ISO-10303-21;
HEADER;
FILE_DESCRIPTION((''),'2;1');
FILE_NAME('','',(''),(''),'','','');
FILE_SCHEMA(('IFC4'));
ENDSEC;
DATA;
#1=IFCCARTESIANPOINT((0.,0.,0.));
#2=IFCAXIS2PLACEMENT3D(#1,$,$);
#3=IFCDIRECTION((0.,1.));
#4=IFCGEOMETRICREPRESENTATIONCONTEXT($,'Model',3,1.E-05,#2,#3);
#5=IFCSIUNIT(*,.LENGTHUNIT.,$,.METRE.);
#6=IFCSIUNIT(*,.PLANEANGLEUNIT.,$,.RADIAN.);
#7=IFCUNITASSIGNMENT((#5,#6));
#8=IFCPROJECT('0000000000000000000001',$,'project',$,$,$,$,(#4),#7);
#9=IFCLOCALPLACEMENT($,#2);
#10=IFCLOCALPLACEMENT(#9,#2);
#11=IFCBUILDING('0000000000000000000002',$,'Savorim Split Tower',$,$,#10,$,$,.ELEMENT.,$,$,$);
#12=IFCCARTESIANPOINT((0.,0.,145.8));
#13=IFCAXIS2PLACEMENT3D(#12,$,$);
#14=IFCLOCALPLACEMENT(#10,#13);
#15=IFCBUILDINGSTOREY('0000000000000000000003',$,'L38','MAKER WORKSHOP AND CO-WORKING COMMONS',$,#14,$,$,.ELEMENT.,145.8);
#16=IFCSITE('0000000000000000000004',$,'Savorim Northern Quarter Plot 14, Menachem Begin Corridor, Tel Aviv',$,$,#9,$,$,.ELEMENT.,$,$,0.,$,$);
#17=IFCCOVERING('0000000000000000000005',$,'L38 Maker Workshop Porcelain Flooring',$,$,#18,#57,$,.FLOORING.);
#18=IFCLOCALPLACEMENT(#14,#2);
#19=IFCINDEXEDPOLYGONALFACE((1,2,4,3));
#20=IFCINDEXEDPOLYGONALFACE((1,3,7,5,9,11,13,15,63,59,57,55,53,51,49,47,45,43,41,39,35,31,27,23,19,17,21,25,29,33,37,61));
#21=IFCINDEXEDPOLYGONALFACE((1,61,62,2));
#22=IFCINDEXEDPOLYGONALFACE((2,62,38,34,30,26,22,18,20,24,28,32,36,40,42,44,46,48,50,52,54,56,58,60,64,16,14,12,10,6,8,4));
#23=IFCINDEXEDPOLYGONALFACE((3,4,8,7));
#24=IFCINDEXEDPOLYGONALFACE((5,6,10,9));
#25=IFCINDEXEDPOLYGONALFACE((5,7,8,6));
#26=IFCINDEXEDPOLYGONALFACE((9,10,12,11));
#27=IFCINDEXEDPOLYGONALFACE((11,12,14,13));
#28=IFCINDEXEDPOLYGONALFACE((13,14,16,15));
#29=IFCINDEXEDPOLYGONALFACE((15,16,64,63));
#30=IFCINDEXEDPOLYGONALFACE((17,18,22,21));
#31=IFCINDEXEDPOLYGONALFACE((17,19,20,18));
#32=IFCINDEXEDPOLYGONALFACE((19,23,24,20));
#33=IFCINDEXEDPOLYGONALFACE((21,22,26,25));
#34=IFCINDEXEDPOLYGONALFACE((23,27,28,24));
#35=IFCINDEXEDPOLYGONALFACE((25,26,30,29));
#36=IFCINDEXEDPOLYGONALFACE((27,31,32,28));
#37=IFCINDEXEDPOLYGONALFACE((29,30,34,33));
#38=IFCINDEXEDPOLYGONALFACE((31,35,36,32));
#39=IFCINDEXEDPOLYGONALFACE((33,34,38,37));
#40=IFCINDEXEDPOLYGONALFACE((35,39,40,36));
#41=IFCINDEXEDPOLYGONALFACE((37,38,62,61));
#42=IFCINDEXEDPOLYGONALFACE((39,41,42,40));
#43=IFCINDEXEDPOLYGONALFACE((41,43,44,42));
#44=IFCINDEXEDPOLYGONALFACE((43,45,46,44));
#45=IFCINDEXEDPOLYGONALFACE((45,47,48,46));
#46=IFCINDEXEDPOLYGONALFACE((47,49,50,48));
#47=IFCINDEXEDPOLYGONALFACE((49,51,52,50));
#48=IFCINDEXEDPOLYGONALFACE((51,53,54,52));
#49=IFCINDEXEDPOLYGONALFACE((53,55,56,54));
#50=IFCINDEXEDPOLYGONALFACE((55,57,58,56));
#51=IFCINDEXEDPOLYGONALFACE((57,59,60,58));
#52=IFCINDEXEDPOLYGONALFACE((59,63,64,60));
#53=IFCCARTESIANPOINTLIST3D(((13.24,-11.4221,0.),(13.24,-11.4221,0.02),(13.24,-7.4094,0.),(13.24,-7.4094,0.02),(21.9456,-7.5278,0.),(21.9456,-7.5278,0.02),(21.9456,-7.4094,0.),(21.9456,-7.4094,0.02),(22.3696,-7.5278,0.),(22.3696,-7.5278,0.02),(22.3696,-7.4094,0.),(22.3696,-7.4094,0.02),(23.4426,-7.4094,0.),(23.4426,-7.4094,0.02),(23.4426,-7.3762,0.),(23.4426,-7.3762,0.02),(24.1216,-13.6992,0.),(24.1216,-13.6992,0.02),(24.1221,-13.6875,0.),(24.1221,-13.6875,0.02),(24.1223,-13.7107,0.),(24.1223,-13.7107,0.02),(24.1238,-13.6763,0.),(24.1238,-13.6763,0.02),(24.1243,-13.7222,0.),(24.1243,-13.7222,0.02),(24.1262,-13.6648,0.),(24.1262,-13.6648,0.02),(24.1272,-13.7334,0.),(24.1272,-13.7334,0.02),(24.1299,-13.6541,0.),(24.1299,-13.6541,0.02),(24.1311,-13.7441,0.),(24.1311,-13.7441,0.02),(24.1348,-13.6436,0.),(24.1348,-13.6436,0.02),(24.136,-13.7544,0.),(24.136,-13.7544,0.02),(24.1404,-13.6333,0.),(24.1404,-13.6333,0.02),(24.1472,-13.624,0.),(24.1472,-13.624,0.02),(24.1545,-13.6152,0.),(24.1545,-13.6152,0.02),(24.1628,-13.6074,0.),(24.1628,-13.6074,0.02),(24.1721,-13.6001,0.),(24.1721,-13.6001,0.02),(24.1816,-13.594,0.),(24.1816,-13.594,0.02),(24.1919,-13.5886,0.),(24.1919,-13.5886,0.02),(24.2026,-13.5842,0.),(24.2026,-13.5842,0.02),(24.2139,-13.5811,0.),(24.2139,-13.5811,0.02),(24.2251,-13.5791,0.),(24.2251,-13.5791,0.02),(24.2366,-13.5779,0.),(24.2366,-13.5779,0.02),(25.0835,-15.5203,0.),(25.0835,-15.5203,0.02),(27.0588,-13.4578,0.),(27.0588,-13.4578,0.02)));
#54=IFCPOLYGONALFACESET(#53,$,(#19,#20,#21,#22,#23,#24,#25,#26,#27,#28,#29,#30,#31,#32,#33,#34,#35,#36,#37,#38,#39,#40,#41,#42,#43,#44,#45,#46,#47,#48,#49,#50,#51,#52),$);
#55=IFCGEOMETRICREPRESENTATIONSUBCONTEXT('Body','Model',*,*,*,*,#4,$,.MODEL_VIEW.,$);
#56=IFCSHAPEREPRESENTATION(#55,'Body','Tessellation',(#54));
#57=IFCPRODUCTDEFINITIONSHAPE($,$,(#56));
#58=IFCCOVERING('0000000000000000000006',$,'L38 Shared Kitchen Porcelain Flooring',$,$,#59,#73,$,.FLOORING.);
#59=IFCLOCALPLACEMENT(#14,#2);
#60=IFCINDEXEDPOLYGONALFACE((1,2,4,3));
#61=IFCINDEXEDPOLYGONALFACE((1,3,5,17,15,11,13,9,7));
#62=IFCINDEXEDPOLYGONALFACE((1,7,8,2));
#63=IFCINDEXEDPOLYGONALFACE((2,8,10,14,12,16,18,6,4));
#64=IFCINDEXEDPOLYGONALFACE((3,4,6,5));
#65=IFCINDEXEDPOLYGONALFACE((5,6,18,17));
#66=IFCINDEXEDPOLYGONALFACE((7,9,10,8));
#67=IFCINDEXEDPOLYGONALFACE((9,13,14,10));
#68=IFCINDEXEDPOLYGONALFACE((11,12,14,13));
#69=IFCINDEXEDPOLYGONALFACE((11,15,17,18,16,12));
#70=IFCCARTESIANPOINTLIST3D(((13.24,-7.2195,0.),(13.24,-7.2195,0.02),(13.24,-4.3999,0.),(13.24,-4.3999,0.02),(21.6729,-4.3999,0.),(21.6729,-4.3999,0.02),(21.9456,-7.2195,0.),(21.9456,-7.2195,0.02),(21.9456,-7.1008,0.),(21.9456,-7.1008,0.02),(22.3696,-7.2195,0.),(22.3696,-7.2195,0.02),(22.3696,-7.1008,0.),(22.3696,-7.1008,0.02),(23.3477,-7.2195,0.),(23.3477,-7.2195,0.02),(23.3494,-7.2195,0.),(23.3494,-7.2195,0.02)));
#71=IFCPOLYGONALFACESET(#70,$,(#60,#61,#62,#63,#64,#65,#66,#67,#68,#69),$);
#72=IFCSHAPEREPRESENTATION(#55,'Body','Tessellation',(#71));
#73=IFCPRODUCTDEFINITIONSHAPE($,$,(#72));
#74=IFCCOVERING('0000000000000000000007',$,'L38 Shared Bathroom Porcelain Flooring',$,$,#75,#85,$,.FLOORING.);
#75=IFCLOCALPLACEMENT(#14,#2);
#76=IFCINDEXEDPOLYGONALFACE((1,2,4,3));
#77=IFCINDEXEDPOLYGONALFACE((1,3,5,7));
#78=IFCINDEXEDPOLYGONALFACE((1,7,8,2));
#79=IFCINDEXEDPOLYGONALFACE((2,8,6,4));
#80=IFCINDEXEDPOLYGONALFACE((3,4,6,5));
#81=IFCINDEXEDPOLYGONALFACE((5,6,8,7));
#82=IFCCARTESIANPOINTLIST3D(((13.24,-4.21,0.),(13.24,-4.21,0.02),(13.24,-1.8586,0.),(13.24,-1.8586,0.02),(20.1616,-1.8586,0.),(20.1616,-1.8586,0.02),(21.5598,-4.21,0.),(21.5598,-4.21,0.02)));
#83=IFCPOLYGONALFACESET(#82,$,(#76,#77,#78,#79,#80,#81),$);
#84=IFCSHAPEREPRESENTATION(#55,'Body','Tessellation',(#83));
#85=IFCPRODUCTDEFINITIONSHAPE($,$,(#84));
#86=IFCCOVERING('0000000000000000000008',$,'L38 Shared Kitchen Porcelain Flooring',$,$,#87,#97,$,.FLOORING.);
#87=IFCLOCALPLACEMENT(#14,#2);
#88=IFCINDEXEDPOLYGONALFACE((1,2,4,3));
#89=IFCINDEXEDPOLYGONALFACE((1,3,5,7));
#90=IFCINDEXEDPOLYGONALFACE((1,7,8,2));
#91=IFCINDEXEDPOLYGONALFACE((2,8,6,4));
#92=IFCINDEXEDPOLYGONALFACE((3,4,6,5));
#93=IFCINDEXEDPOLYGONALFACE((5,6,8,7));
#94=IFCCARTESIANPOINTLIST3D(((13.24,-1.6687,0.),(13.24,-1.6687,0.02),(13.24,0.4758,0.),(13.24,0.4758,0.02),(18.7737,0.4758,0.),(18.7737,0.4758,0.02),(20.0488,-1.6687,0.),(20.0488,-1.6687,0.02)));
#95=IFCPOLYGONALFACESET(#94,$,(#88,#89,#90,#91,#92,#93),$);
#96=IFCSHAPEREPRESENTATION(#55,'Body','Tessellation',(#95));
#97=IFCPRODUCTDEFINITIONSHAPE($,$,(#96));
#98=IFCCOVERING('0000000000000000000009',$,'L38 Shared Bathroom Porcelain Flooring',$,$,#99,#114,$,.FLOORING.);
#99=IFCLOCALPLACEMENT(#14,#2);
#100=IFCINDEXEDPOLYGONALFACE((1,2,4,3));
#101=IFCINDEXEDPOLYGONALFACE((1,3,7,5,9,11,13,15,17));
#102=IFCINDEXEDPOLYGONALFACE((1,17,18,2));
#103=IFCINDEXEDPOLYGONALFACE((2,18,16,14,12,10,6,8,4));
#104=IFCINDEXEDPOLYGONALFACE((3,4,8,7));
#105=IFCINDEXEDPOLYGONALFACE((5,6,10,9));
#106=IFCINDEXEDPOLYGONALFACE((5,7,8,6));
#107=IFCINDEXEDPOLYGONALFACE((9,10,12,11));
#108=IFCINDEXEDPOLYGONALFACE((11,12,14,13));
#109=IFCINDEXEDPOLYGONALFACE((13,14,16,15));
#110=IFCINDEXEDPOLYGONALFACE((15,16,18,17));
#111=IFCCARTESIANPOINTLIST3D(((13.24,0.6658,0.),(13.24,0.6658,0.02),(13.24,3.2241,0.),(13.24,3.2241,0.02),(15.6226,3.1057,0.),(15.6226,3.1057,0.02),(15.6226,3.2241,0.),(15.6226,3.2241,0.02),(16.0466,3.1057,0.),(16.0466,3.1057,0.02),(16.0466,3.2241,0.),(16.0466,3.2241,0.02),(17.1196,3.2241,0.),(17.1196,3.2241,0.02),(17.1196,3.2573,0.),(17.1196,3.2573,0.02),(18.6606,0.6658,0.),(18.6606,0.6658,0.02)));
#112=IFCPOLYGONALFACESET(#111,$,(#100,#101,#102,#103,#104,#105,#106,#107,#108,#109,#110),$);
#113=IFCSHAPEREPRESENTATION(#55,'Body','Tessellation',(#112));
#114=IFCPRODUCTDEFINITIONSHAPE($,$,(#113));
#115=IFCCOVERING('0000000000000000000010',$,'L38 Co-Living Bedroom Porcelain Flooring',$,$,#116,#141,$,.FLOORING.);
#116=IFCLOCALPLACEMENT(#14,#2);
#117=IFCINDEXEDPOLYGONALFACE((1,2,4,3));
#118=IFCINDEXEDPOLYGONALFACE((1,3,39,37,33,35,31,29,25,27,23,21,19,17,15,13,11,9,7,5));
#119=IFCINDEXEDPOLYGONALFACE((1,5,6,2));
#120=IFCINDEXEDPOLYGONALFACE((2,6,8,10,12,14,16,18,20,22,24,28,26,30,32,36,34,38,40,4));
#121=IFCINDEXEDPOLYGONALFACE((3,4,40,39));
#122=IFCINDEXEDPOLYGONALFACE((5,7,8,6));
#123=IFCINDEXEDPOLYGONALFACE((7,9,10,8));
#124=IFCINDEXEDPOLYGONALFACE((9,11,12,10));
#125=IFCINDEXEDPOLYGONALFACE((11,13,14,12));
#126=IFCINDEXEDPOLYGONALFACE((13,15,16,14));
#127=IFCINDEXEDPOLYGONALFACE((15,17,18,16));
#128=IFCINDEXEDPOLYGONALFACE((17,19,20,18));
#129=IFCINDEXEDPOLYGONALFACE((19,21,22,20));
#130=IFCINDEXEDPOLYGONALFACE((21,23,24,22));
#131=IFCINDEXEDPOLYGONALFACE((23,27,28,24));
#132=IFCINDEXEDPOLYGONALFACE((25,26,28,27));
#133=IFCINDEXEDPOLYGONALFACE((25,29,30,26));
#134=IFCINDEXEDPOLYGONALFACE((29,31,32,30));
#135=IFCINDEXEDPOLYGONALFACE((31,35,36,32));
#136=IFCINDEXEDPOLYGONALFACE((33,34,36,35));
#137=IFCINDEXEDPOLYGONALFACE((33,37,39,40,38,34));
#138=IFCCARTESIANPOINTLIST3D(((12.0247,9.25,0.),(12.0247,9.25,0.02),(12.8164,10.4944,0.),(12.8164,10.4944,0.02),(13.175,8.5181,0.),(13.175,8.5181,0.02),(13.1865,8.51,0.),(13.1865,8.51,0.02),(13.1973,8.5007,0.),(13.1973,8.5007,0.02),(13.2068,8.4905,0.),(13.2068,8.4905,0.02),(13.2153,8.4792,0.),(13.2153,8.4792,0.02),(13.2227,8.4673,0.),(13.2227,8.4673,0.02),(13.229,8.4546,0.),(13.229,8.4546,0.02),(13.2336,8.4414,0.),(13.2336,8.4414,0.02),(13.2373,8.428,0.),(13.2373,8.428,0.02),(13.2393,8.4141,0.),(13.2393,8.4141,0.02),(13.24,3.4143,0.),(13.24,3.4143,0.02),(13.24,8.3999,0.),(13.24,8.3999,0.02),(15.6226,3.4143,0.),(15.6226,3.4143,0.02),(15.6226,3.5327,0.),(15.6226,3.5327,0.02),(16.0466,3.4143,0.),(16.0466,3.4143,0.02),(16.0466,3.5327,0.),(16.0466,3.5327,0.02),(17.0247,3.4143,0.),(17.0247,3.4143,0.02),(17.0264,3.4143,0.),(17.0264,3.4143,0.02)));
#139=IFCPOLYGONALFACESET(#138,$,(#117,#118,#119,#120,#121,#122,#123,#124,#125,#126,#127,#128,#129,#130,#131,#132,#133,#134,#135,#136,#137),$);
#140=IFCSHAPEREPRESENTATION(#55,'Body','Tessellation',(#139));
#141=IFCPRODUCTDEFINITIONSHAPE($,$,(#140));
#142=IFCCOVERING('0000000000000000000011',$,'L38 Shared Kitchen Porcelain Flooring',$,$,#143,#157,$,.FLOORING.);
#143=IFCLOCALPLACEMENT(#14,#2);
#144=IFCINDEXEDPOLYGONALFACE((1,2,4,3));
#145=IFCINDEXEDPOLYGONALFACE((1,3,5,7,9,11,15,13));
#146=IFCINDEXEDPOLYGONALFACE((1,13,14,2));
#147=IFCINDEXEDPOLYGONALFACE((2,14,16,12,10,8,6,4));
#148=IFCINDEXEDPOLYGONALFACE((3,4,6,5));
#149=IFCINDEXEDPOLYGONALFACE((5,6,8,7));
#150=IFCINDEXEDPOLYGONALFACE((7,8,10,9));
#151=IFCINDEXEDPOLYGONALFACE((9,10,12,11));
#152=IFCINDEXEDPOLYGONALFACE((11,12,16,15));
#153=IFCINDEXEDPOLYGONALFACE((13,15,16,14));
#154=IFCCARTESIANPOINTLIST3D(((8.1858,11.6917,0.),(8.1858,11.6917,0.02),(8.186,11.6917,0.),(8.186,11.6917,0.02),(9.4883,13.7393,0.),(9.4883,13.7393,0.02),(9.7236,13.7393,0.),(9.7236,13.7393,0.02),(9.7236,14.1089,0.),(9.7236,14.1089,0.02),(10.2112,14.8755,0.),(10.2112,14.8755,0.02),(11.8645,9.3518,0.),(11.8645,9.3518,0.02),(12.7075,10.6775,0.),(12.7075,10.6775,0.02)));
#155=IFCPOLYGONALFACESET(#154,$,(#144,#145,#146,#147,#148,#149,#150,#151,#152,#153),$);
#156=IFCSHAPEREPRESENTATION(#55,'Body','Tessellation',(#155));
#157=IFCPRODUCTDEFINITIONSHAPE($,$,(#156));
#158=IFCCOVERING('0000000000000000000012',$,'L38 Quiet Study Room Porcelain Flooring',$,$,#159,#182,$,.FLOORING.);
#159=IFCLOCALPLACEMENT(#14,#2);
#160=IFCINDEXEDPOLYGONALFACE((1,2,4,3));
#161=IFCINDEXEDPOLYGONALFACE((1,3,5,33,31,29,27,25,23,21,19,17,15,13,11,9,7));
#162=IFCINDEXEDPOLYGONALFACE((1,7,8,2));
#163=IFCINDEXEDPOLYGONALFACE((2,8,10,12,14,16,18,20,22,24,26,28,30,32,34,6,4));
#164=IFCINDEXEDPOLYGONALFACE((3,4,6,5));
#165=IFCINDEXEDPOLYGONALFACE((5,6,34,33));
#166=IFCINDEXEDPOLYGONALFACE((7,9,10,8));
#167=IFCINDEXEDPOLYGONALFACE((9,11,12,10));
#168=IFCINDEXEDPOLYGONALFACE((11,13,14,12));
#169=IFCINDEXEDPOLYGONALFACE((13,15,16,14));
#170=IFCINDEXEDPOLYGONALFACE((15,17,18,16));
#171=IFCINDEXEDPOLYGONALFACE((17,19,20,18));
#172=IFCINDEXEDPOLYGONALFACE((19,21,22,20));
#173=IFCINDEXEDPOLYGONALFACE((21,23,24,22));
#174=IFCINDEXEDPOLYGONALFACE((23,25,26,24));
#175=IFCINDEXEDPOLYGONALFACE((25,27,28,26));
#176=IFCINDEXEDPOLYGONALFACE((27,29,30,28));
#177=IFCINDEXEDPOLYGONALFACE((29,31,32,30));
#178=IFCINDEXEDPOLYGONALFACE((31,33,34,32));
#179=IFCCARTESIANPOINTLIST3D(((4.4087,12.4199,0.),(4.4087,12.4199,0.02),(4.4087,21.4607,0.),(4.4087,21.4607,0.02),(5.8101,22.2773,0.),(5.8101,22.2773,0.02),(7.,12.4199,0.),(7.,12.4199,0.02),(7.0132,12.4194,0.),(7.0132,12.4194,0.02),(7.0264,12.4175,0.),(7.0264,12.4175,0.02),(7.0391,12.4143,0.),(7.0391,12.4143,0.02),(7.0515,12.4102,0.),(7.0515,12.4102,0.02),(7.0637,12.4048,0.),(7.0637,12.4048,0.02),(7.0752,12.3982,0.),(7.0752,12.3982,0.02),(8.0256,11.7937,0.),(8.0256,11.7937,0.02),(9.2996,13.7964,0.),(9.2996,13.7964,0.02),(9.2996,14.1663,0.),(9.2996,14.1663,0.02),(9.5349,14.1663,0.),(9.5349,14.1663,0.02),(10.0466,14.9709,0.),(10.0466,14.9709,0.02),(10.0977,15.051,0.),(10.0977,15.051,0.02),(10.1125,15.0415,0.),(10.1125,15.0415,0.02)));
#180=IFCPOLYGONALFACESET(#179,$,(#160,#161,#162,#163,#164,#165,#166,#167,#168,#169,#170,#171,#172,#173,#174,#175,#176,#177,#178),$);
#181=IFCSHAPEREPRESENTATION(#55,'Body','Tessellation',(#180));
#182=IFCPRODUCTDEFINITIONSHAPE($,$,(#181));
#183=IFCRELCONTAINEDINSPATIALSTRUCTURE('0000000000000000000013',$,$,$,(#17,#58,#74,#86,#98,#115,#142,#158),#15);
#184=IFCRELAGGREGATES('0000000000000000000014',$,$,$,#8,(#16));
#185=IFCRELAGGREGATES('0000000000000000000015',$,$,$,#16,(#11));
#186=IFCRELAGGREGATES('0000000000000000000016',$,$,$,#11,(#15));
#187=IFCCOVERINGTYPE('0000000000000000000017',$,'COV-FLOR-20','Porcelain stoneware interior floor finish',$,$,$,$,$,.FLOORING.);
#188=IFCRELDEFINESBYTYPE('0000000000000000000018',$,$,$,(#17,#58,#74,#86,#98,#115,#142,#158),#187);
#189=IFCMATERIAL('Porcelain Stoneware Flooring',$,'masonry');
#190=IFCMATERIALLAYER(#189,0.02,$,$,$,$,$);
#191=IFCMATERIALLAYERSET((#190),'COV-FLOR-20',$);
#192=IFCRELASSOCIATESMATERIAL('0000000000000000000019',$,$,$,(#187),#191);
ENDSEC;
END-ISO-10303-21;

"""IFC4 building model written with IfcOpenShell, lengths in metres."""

from ifc_helpers import new_model, si_unit, direction, frame, origin, place, context, subcontext, project, spatial, polyline, outline, extrude, material, layer, layer_set, type_object, element, save


model = new_model("IFC4")

# Units and contexts
model_context = context("Model", 3, precision=1e-05, world=origin(), true_north=direction((0.0, 1.0)))
body_context = subcontext(model_context, "Body", "Model", "MODEL_VIEW")
ifc_project = project(units=[si_unit("LENGTHUNIT", "METRE"), si_unit("PLANEANGLEUNIT", "RADIAN")], contexts=[model_context])

# Site, building, storey
site_placement = place(None, origin())
site = spatial("IfcSite", under=ifc_project, at=site_placement, Name="Savorim Northern Quarter Plot 14, Menachem Begin Corridor, Tel Aviv", CompositionType="ELEMENT", RefElevation=0.0)
building_placement = place(site_placement, origin())
building = spatial("IfcBuilding", under=site, at=building_placement, Name="Savorim Split Tower", CompositionType="ELEMENT")
storey_placement = place(building_placement, frame((0.0, 0.0, 145.8)))
storey = spatial("IfcBuildingStorey", under=building, at=storey_placement, Name="L38", Description="MAKER WORKSHOP AND CO-WORKING COMMONS", CompositionType="ELEMENT", Elevation=145.8)

# Coverings
ifc_material_1 = material(Name="Porcelain Stoneware Flooring", Category="masonry")
ifc_layer_1 = layer(ifc_material_1, 0.02)
ifc_layer_set_1 = layer_set([ifc_layer_1], Name="COV-FLOR-20")
covering_type_1 = type_object("IfcCoveringType", Name="COV-FLOR-20", Description="Porcelain stoneware interior floor finish", PredefinedType="FLOORING", material=ifc_layer_set_1)
covering_1_placement = place(storey_placement, origin())
element("IfcCovering", 1, at=covering_1_placement, inside=storey, type_object=covering_type_1, Name="L38 Maker Workshop Porcelain Flooring", PredefinedType="FLOORING", context=body_context, shape_type="SweptSolid", body=[
    extrude(outline(polyline([(24.2139, -13.5811), (24.2251, -13.5791), (24.2366, -13.5779), (27.0588, -13.4578), (23.4426, -7.3762), (23.4426, -7.4094), (22.3696, -7.4094), (22.3696, -7.5278), (21.9456, -7.5278), (21.9456, -7.4094), (13.24, -7.4094), (13.24, -11.4221), (25.0835, -15.5203), (24.136, -13.7544), (24.1311, -13.7441), (24.1272, -13.7334), (24.1243, -13.7222), (24.1223, -13.7107), (24.1216, -13.6992), (24.1221, -13.6875), (24.1238, -13.6763), (24.1262, -13.6648), (24.1299, -13.6541), (24.1348, -13.6436), (24.1404, -13.6333), (24.1472, -13.624), (24.1545, -13.6152), (24.1628, -13.6074), (24.1721, -13.6001), (24.1816, -13.594), (24.1919, -13.5886), (24.2026, -13.5842), (24.2139, -13.5811)])), origin(), (0.0, 0.0, 1.0), 0.02),
])
covering_2_placement = place(storey_placement, origin())
element("IfcCovering", 2, at=covering_2_placement, inside=storey, type_object=covering_type_1, Name="L38 Shared Kitchen Porcelain Flooring", PredefinedType="FLOORING", context=body_context, shape_type="SweptSolid", body=[
    extrude(outline(polyline([(22.3696, -7.1008), (22.3696, -7.2195), (23.3477, -7.2195), (23.3494, -7.2195), (21.6729, -4.3999), (13.24, -4.3999), (13.24, -7.2195), (21.9456, -7.2195), (21.9456, -7.1008), (22.3696, -7.1008)])), origin(), (0.0, 0.0, 1.0), 0.02),
])
covering_3_placement = place(storey_placement, origin())
element("IfcCovering", 3, at=covering_3_placement, inside=storey, type_object=covering_type_1, Name="L38 Shared Bathroom Porcelain Flooring", PredefinedType="FLOORING", context=body_context, shape_type="SweptSolid", body=[
    extrude(outline(polyline([(21.5598, -4.21), (20.1616, -1.8586), (13.24, -1.8586), (13.24, -4.21), (21.5598, -4.21)])), origin(), (0.0, 0.0, 1.0), 0.02),
])
covering_4_placement = place(storey_placement, origin())
element("IfcCovering", 4, at=covering_4_placement, inside=storey, type_object=covering_type_1, Name="L38 Shared Kitchen Porcelain Flooring", PredefinedType="FLOORING", context=body_context, shape_type="SweptSolid", body=[
    extrude(outline(polyline([(20.0488, -1.6687), (18.7737, 0.4758), (13.24, 0.4758), (13.24, -1.6687), (20.0488, -1.6687)])), origin(), (0.0, 0.0, 1.0), 0.02),
])
covering_5_placement = place(storey_placement, origin())
element("IfcCovering", 5, at=covering_5_placement, inside=storey, type_object=covering_type_1, Name="L38 Shared Bathroom Porcelain Flooring", PredefinedType="FLOORING", context=body_context, shape_type="SweptSolid", body=[
    extrude(outline(polyline([(15.6226, 3.1057), (15.6226, 3.2241), (13.24, 3.2241), (13.24, 0.6658), (18.6606, 0.6658), (17.1196, 3.2573), (17.1196, 3.2241), (16.0466, 3.2241), (16.0466, 3.1057), (15.6226, 3.1057)])), origin(), (0.0, 0.0, 1.0), 0.02),
])
covering_6_placement = place(storey_placement, origin())
element("IfcCovering", 6, at=covering_6_placement, inside=storey, type_object=covering_type_1, Name="L38 Co-Living Bedroom Porcelain Flooring", PredefinedType="FLOORING", context=body_context, shape_type="SweptSolid", body=[
    extrude(outline(polyline([(16.0466, 3.5327), (16.0466, 3.4143), (17.0247, 3.4143), (17.0264, 3.4143), (12.8164, 10.4944), (12.0247, 9.25), (13.175, 8.5181), (13.1865, 8.51), (13.1973, 8.5007), (13.2068, 8.4905), (13.2153, 8.4792), (13.2227, 8.4673), (13.229, 8.4546), (13.2336, 8.4414), (13.2373, 8.428), (13.2393, 8.4141), (13.24, 8.3999), (13.24, 3.4143), (15.6226, 3.4143), (15.6226, 3.5327), (16.0466, 3.5327)])), origin(), (0.0, 0.0, 1.0), 0.02),
])
covering_7_placement = place(storey_placement, origin())
element("IfcCovering", 7, at=covering_7_placement, inside=storey, type_object=covering_type_1, Name="L38 Shared Kitchen Porcelain Flooring", PredefinedType="FLOORING", context=body_context, shape_type="SweptSolid", body=[
    extrude(outline(polyline([(9.4883, 13.7393), (8.186, 11.6917), (8.1858, 11.6917), (11.8645, 9.3518), (12.7075, 10.6775), (10.2112, 14.8755), (9.7236, 14.1089), (9.7236, 13.7393), (9.4883, 13.7393)])), origin(), (0.0, 0.0, 1.0), 0.02),
])
covering_8_placement = place(storey_placement, origin())
element("IfcCovering", 8, at=covering_8_placement, inside=storey, type_object=covering_type_1, Name="L38 Quiet Study Room Porcelain Flooring", PredefinedType="FLOORING", context=body_context, shape_type="SweptSolid", body=[
    extrude(outline(polyline([(10.0977, 15.051), (10.1125, 15.0415), (5.8101, 22.2773), (4.4087, 21.4607), (4.4087, 12.4199), (7.0, 12.4199), (7.0132, 12.4194), (7.0264, 12.4175), (7.0391, 12.4143), (7.0515, 12.4102), (7.0637, 12.4048), (7.0752, 12.3982), (8.0256, 11.7937), (9.2996, 13.7964), (9.2996, 14.1663), (9.5349, 14.1663), (10.0466, 14.9709), (10.0977, 15.051)])), origin(), (0.0, 0.0, 1.0), 0.02),
])

save(model, "model.ifc")
